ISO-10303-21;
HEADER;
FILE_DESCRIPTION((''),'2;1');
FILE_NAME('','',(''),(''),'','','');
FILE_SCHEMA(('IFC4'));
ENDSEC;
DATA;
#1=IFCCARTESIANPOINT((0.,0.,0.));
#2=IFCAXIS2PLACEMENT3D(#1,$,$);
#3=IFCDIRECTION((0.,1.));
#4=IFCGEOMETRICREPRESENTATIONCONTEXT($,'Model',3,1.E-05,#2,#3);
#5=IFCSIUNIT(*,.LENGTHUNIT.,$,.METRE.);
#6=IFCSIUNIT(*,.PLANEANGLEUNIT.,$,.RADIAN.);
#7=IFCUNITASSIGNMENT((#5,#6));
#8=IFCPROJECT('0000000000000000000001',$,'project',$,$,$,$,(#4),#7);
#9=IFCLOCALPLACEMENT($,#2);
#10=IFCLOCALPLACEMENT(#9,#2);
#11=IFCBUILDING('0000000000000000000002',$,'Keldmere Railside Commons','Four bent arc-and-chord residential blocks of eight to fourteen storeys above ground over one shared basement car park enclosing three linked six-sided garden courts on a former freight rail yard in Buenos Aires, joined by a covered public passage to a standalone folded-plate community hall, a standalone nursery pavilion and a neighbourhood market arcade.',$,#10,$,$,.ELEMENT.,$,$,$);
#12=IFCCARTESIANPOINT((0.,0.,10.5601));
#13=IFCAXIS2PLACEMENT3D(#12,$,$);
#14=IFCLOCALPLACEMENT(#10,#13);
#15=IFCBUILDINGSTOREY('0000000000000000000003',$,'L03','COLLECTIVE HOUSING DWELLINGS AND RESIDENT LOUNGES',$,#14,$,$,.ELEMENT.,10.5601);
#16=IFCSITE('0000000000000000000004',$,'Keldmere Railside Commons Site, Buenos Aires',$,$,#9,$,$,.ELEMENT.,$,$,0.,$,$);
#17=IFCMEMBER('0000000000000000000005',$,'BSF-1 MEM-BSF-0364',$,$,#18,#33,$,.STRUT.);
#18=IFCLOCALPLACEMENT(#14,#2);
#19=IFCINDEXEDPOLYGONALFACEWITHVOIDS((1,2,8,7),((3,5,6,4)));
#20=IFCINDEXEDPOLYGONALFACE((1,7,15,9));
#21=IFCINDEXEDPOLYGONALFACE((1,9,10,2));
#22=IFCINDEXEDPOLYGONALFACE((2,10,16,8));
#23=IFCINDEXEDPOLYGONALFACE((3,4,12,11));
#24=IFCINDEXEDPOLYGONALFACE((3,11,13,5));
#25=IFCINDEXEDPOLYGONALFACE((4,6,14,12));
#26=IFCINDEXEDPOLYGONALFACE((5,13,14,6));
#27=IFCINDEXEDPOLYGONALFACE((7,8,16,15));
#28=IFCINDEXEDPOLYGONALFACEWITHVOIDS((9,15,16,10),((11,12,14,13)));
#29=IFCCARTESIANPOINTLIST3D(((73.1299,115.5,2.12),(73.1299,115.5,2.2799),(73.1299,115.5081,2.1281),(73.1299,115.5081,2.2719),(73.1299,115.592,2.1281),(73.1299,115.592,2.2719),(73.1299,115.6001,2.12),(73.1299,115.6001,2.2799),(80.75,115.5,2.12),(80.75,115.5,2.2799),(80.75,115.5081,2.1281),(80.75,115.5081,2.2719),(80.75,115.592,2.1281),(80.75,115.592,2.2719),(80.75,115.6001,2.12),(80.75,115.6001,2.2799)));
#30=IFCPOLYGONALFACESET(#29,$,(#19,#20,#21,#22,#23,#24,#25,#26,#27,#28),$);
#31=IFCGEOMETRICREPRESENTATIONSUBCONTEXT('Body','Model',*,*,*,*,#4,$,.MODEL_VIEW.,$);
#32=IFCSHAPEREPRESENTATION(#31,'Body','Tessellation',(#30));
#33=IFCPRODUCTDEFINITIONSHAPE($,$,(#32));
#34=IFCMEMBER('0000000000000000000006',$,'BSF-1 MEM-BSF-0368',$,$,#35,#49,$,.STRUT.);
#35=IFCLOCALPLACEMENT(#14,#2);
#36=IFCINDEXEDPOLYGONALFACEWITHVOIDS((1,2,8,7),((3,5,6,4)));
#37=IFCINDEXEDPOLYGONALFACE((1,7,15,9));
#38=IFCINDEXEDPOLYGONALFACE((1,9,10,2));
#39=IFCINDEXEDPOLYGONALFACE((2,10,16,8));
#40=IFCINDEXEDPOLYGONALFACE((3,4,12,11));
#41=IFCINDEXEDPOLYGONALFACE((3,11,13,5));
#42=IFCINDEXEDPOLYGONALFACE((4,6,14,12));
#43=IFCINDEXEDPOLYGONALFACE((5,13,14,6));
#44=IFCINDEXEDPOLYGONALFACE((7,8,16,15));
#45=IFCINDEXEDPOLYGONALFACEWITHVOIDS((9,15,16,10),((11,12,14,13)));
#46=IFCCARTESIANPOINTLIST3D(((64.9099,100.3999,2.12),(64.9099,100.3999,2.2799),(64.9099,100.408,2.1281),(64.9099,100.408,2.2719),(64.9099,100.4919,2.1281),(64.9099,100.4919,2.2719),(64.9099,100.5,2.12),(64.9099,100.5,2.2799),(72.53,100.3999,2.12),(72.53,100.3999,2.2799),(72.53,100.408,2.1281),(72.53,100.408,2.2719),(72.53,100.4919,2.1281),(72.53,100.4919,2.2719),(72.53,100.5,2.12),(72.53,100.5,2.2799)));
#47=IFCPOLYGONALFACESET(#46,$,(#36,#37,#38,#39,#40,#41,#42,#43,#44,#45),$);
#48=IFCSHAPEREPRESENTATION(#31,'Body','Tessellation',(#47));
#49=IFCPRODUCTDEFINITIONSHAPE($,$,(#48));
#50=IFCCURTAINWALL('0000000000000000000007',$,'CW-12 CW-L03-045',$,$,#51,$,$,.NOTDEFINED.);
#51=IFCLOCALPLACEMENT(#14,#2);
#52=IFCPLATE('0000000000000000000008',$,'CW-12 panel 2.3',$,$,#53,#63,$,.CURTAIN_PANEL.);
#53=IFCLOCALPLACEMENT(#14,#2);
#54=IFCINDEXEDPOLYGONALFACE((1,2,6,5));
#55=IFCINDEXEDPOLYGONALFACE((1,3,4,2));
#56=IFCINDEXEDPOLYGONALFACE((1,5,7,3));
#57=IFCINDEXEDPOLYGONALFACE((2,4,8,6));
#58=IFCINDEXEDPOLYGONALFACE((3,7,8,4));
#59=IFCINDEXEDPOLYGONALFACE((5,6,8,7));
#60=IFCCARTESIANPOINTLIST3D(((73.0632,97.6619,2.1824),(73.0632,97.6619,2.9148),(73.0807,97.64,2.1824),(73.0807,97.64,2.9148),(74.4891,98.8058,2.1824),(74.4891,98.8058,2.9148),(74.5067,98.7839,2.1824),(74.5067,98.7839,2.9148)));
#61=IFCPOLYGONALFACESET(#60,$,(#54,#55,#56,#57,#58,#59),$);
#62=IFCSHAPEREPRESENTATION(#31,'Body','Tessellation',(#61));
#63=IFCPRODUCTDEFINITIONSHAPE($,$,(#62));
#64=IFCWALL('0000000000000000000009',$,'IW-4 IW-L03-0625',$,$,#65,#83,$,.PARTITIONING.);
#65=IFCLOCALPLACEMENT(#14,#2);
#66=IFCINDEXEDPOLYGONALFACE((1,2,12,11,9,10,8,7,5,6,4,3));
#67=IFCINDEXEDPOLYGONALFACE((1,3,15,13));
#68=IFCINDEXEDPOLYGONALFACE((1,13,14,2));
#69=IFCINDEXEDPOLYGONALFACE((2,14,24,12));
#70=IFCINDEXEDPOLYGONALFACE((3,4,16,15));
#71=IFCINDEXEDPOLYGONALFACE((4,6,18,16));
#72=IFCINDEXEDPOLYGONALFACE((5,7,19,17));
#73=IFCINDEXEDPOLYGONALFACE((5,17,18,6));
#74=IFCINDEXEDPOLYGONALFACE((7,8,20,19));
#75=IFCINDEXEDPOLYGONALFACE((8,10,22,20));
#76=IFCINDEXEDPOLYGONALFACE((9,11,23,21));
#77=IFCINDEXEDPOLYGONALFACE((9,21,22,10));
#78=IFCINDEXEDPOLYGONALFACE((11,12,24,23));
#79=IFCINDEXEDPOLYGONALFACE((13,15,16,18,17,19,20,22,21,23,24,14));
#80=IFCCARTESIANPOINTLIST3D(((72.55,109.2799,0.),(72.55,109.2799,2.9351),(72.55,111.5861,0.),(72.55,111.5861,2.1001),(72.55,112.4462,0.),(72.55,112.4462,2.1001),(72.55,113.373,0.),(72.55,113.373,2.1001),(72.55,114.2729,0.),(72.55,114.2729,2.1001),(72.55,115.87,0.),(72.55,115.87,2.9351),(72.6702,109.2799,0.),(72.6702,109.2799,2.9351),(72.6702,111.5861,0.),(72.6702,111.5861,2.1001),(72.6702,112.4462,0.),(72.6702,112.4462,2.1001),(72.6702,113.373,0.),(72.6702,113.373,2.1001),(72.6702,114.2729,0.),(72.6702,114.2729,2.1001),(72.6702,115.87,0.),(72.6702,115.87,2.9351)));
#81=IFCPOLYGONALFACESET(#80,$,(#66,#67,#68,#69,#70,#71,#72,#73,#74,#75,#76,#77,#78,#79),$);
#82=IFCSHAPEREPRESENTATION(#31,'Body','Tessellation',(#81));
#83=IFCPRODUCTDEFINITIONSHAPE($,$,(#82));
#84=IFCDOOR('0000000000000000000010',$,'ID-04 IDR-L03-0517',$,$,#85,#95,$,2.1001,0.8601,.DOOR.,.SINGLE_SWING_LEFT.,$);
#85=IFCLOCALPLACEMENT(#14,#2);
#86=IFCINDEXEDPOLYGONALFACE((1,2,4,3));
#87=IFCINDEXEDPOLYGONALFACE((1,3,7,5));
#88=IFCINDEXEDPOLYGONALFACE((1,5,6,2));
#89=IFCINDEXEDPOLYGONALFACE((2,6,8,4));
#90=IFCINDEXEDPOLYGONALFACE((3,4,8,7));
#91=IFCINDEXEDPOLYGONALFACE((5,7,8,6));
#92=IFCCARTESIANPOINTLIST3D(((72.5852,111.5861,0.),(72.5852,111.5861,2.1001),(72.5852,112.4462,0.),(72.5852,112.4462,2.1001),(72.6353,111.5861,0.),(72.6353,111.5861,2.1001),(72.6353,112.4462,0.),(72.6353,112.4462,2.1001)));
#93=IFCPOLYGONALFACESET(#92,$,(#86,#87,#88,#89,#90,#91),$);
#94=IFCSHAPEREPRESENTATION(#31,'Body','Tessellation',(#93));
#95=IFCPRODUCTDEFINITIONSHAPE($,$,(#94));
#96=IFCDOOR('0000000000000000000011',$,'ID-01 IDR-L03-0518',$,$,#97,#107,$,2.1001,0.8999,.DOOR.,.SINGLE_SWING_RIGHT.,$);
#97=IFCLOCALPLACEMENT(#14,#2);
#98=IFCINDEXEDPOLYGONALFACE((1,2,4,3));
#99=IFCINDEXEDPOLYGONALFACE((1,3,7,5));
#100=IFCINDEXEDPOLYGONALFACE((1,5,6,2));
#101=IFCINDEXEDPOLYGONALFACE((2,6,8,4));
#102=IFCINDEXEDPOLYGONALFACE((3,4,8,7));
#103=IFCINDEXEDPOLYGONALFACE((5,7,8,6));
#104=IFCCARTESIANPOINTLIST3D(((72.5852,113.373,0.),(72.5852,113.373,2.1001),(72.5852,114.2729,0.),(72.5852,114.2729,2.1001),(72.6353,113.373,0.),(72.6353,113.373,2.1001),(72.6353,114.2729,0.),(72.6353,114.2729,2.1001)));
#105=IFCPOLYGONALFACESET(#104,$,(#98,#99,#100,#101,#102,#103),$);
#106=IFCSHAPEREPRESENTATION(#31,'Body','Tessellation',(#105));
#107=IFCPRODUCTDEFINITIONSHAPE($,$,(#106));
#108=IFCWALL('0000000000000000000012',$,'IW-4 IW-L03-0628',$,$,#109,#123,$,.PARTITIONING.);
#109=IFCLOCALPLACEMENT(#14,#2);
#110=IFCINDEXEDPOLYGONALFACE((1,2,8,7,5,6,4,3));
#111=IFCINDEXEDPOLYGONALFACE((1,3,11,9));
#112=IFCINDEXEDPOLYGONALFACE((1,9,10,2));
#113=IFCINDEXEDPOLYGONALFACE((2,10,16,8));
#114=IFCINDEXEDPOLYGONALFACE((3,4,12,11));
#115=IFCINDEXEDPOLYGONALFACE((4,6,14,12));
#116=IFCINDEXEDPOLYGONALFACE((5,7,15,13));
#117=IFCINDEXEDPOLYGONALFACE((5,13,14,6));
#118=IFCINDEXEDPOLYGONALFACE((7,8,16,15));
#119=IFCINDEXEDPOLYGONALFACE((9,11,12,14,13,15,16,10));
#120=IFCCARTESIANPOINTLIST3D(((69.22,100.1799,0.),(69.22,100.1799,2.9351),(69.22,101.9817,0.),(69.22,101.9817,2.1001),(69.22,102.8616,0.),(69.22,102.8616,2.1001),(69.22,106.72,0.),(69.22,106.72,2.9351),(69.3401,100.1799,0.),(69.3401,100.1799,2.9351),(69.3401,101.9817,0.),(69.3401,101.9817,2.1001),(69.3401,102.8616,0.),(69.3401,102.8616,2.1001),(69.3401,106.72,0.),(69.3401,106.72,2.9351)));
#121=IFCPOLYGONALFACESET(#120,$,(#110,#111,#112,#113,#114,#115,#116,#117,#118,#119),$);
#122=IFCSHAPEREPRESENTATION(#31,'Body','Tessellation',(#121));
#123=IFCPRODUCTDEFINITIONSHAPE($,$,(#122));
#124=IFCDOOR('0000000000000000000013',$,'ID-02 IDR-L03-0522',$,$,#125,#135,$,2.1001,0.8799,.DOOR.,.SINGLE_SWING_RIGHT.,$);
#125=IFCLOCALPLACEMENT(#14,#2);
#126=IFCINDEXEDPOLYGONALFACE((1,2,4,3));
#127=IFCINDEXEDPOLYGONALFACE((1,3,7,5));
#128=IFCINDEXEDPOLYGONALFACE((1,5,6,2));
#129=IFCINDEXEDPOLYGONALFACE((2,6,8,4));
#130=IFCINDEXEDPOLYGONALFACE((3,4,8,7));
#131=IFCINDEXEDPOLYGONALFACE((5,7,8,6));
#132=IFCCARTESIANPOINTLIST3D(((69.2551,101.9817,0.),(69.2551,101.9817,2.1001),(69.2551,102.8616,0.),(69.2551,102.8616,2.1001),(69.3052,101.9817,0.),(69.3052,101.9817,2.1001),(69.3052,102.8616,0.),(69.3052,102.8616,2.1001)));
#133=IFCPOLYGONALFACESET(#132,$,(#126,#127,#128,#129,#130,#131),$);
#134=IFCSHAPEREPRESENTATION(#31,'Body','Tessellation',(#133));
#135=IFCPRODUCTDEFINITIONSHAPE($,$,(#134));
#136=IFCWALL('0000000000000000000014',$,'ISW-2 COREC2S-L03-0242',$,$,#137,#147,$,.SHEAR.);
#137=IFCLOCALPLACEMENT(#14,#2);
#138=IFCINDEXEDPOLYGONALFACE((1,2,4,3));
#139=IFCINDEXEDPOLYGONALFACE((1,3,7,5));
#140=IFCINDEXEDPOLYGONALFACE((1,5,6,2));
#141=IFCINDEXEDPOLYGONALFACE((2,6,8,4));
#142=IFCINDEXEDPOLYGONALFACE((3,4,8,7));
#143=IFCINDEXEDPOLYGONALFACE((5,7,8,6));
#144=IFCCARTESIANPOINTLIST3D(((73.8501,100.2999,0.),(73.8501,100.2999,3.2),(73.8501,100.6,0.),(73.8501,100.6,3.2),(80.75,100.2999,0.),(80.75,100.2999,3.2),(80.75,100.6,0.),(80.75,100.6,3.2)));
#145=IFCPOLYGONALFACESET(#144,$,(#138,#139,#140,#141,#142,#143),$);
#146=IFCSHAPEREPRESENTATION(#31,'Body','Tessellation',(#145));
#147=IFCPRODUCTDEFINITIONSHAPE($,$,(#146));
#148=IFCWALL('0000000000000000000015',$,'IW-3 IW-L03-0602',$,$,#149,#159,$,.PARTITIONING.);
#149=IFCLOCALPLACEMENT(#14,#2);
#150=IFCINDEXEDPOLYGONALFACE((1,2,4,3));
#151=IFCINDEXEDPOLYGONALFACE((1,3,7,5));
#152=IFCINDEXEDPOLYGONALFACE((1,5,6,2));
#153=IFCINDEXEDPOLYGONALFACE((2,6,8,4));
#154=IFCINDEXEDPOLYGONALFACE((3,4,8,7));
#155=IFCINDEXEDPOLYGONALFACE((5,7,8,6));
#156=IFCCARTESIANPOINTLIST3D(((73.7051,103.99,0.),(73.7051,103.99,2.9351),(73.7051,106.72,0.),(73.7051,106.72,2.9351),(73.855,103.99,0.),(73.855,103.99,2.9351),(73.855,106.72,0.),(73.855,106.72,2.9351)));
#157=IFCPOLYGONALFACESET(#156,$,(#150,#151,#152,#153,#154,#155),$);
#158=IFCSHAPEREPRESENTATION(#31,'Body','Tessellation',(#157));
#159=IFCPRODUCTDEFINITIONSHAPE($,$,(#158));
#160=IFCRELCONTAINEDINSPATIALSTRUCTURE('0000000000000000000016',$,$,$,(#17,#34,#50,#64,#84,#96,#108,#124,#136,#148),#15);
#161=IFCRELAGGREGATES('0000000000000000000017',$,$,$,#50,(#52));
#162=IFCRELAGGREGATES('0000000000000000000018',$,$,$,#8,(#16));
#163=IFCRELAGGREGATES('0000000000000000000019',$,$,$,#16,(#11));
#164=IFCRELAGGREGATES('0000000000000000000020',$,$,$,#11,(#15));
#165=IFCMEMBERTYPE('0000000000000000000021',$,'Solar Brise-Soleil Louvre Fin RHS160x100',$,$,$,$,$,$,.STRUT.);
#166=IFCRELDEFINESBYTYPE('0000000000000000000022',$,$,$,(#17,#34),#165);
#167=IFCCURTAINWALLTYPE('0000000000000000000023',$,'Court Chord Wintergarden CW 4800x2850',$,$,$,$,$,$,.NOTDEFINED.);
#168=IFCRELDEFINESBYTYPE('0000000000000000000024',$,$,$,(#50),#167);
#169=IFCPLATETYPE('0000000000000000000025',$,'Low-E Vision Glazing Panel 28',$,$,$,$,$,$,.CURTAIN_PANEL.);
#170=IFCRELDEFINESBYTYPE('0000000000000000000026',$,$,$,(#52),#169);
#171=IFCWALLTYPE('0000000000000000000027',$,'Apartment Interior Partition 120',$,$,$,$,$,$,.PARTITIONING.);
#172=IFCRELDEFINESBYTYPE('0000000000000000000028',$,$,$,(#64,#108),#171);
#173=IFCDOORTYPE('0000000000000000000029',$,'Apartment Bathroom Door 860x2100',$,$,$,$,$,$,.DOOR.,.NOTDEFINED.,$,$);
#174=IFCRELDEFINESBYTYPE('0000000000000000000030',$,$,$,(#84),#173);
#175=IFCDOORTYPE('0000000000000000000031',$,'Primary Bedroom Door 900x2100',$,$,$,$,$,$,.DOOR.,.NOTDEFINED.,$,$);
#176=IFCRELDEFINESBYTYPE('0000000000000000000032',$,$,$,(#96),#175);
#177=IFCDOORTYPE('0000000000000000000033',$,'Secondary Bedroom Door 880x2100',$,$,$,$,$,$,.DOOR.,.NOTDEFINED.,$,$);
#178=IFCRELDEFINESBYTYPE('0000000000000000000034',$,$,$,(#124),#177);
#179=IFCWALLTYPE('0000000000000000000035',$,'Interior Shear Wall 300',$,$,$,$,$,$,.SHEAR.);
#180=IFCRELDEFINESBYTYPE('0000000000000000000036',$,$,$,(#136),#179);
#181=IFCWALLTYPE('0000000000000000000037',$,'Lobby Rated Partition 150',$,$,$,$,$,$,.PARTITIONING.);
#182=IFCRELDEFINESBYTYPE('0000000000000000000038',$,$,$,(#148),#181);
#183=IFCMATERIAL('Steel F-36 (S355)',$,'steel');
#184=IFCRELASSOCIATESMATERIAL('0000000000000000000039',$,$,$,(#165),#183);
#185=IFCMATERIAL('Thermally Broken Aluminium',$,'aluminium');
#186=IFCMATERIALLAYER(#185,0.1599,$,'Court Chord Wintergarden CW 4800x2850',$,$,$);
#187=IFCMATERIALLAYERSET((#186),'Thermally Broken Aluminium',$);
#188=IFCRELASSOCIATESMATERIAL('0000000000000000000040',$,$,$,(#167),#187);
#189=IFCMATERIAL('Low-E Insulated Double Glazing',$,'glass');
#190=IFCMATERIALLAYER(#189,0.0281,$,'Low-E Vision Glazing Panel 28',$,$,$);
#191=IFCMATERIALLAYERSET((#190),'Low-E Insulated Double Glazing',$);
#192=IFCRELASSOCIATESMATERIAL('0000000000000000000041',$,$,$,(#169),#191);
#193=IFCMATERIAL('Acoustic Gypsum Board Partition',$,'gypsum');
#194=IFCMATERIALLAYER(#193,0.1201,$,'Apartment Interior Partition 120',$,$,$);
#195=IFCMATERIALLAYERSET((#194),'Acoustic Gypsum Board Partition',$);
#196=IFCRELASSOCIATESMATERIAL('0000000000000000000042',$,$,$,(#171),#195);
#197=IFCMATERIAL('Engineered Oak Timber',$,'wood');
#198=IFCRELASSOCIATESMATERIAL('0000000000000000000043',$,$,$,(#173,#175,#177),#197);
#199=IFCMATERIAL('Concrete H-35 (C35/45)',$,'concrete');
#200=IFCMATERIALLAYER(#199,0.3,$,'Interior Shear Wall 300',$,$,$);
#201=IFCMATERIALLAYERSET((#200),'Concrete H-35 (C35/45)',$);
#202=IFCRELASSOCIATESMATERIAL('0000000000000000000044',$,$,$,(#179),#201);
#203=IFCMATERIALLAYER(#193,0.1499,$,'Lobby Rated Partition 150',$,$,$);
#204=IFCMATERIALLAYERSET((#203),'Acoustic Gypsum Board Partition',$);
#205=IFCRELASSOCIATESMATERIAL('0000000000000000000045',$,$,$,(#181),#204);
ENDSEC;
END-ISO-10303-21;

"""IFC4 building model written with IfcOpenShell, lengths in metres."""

from ifc_helpers import new_model, si_unit, direction, frame, frame_2d, origin, origin_2d, place, context, subcontext, project, spatial, rectangle, hollow_rectangle, extrude, material, layer, layer_set, material_profile, profile_set, type_object, element, fill, aggregate, save


model = new_model("IFC4")

# Units and contexts
model_context = context("Model", 3, precision=1e-05, world=origin(), true_north=direction((0.0, 1.0)))
body_context = subcontext(model_context, "Body", "Model", "MODEL_VIEW")
ifc_project = project(units=[si_unit("LENGTHUNIT", "METRE"), si_unit("PLANEANGLEUNIT", "RADIAN")], contexts=[model_context])

# Site, building, storey
site_placement = place(None, origin())
site = spatial("IfcSite", under=ifc_project, at=site_placement, Name="Keldmere Railside Commons Site, Buenos Aires", CompositionType="ELEMENT", RefElevation=0.0)
building_placement = place(site_placement, origin())
building = spatial("IfcBuilding", under=site, at=building_placement, Name="Keldmere Railside Commons", Description="Four bent arc-and-chord residential blocks of eight to fourteen storeys above ground over one shared basement car park enclosing three linked six-sided garden courts on a former freight rail yard in Buenos Aires, joined by a covered public passage to a standalone folded-plate community hall, a standalone nursery pavilion and a neighbourhood market arcade.", CompositionType="ELEMENT")
storey_placement = place(building_placement, frame((0.0, 0.0, 10.5601)))
storey = spatial("IfcBuildingStorey", under=building, at=storey_placement, Name="L03", Description="COLLECTIVE HOUSING DWELLINGS AND RESIDENT LOUNGES", CompositionType="ELEMENT", Elevation=10.5601)

# Shared definitions
ifc_material_1 = material(Name="Concrete H-35 (C35/45)", Category="concrete")

# Shared definitions
ifc_material_2 = material(Name="Steel F-36 (S355)", Category="steel")

# Members
ifc_material_profile_1 = material_profile(ifc_material_2, hollow_rectangle(XDim=0.1001, YDim=0.1599, WallThickness=0.0081, at=origin_2d()), Name="RHS-160x100x8")
ifc_profile_set_1 = profile_set([ifc_material_profile_1], Name="Steel F-36 (S355)")
member_type_1 = type_object("IfcMemberType", Name="Solar Brise-Soleil Louvre Fin RHS160x100", PredefinedType="STRUT", material=ifc_profile_set_1)
for number, where, z_axis, x_axis, name in (
    (1, (73.1299, 115.55, 2.2), (1.0, 0.0, 0.0), (0.0, 1.0, 0.0), "BSF-1 MEM-BSF-0364"),
    (2, (64.9099, 100.45, 2.2), (1.0, 0.0, 0.0), (0.0, 1.0, 0.0), "BSF-1 MEM-BSF-0368"),
):
    element("IfcMember", number, at=place(storey_placement, frame(where, z_axis=z_axis, x_axis=x_axis)), inside=storey, type_object=member_type_1, Name=name, PredefinedType="STRUT", context=body_context, shape_type="SweptSolid", body=[
        extrude(hollow_rectangle(XDim=0.1001, YDim=0.1599, WallThickness=0.0081, at=origin_2d()), origin(), (0.0, 0.0, 1.0), 7.6201),
    ])

# Curtain wall, plate
ifc_material_3 = material(Name="Thermally Broken Aluminium", Category="aluminium")
ifc_layer_1 = layer(ifc_material_3, 0.1599, Name="Court Chord Wintergarden CW 4800x2850")
ifc_layer_set_1 = layer_set([ifc_layer_1], Name="Thermally Broken Aluminium")
curtain_wall_type = type_object("IfcCurtainWallType", Name="Court Chord Wintergarden CW 4800x2850", PredefinedType="NOTDEFINED", material=ifc_layer_set_1)
curtain_wall_placement = place(storey_placement, origin())
curtain_wall = element("IfcCurtainWall", 3, at=curtain_wall_placement, inside=storey, type_object=curtain_wall_type, Name="CW-12 CW-L03-045", PredefinedType="NOTDEFINED")
ifc_material_4 = material(Name="Low-E Insulated Double Glazing", Category="glass")
ifc_layer_2 = layer(ifc_material_4, 0.0281, Name="Low-E Vision Glazing Panel 28")
ifc_layer_set_2 = layer_set([ifc_layer_2], Name="Low-E Insulated Double Glazing")
plate_type = type_object("IfcPlateType", Name="Low-E Vision Glazing Panel 28", PredefinedType="CURTAIN_PANEL", material=ifc_layer_set_2)
plate_placement = place(storey_placement, frame((73.7849, 98.2229, 2.1824), z_axis=(0.0, 0.0, 1.0), x_axis=(-0.780009, -0.625768, 0.0)))
plate = element("IfcPlate", 4, at=plate_placement, type_object=plate_type, Name="CW-12 panel 2.3", PredefinedType="CURTAIN_PANEL", context=body_context, shape_type="SweptSolid", body=[
    extrude(rectangle(XDim=1.8281, YDim=0.0281, at=origin_2d()), origin(), (0.0, 0.0, 1.0), 0.7324),
])
aggregate(curtain_wall, [plate])

# Wall, openings, doors
ifc_material_5 = material(Name="Acoustic Gypsum Board Partition", Category="gypsum")
ifc_layer_3 = layer(ifc_material_5, 0.1201, Name="Apartment Interior Partition 120")
ifc_layer_set_3 = layer_set([ifc_layer_3], Name="Acoustic Gypsum Board Partition")
wall_type_1 = type_object("IfcWallType", Name="Apartment Interior Partition 120", PredefinedType="PARTITIONING", material=ifc_layer_set_3)
wall_1_placement = place(storey_placement, frame((72.6101, 109.28, 0.0), z_axis=(0.0, 0.0, 1.0), x_axis=(0.0, 1.0, 0.0)))
wall_1 = element("IfcWall", 5, at=wall_1_placement, inside=storey, type_object=wall_type_1, Name="IW-4 IW-L03-0625", PredefinedType="PARTITIONING", context=body_context, shape_type="SweptSolid", body=[
    extrude(rectangle(XDim=6.5901, YDim=0.1201, at=frame_2d((3.2949, 0.0))), origin(), (0.0, 0.0, 1.0), 2.9351),
])
opening_1_placement = place(wall_1_placement, frame((2.3059, 0.0, 0.0)))
opening_1 = element("IfcOpeningElement", 6, at=opening_1_placement, cuts=wall_1, PredefinedType="OPENING", context=body_context, shape_type="SweptSolid", body=[
    extrude(rectangle(XDim=0.8601, YDim=2.1001, at=frame_2d((0.4302, 1.05))), frame((0.0, 0.0701, 0.0), z_axis=(0.0, -1.0, 0.0), x_axis=(1.0, 0.0, 0.0)), (0.0, 0.0, 1.0), 0.1401),
])
opening_2_placement = place(wall_1_placement, frame((4.093, 0.0, 0.0)))
opening_2 = element("IfcOpeningElement", 7, at=opening_2_placement, cuts=wall_1, PredefinedType="OPENING", context=body_context, shape_type="SweptSolid", body=[
    extrude(rectangle(XDim=0.8999, YDim=2.1001, at=frame_2d((0.45, 1.05))), frame((0.0, 0.0701, 0.0), z_axis=(0.0, -1.0, 0.0), x_axis=(1.0, 0.0, 0.0)), (0.0, 0.0, 1.0), 0.1401),
])
ifc_material_6 = material(Name="Engineered Oak Timber", Category="wood")
door_type_1 = type_object("IfcDoorType", Name="Apartment Bathroom Door 860x2100", OperationType="NOTDEFINED", PredefinedType="DOOR", material=ifc_material_6)
door_1_placement = place(opening_1_placement, origin())
door_1 = element("IfcDoor", 8, at=door_1_placement, inside=storey, type_object=door_type_1, Name="ID-04 IDR-L03-0517", OperationType="SINGLE_SWING_LEFT", OverallHeight=2.1001, OverallWidth=0.8601, PredefinedType="DOOR", context=body_context, shape_type="SweptSolid", body=[
    extrude(rectangle(XDim=0.8601, YDim=2.1001, at=frame_2d((0.4302, 1.05))), frame((0.0, 0.0249, 0.0), z_axis=(0.0, -1.0, 0.0), x_axis=(1.0, 0.0, 0.0)), (0.0, 0.0, 1.0), 0.05),
])
fill(opening_1, door_1)
door_type_2 = type_object("IfcDoorType", Name="Primary Bedroom Door 900x2100", OperationType="NOTDEFINED", PredefinedType="DOOR", material=ifc_material_6)
door_2_placement = place(opening_2_placement, origin())
door_2 = element("IfcDoor", 9, at=door_2_placement, inside=storey, type_object=door_type_2, Name="ID-01 IDR-L03-0518", OperationType="SINGLE_SWING_RIGHT", OverallHeight=2.1001, OverallWidth=0.8999, PredefinedType="DOOR", context=body_context, shape_type="SweptSolid", body=[
    extrude(rectangle(XDim=0.8999, YDim=2.1001, at=frame_2d((0.45, 1.05))), frame((0.0, 0.0249, 0.0), z_axis=(0.0, -1.0, 0.0), x_axis=(1.0, 0.0, 0.0)), (0.0, 0.0, 1.0), 0.05),
])
fill(opening_2, door_2)

# Wall, opening, door
wall_2_placement = place(storey_placement, frame((69.28, 100.1799, 0.0), z_axis=(0.0, 0.0, 1.0), x_axis=(0.0, 1.0, 0.0)))
wall_2 = element("IfcWall", 10, at=wall_2_placement, inside=storey, type_object=wall_type_1, Name="IW-4 IW-L03-0628", PredefinedType="PARTITIONING", context=body_context, shape_type="SweptSolid", body=[
    extrude(rectangle(XDim=6.54, YDim=0.1201, at=frame_2d((3.27, 0.0))), origin(), (0.0, 0.0, 1.0), 2.9351),
])
opening_3_placement = place(wall_2_placement, frame((1.8018, 0.0, 0.0)))
opening_3 = element("IfcOpeningElement", 11, at=opening_3_placement, cuts=wall_2, PredefinedType="OPENING", context=body_context, shape_type="SweptSolid", body=[
    extrude(rectangle(XDim=0.8799, YDim=2.1001, at=frame_2d((0.4399, 1.05))), frame((0.0, 0.0701, 0.0), z_axis=(0.0, -1.0, 0.0), x_axis=(1.0, 0.0, 0.0)), (0.0, 0.0, 1.0), 0.1401),
])
door_type_3 = type_object("IfcDoorType", Name="Secondary Bedroom Door 880x2100", OperationType="NOTDEFINED", PredefinedType="DOOR", material=ifc_material_6)
door_3_placement = place(opening_3_placement, origin())
door_3 = element("IfcDoor", 12, at=door_3_placement, inside=storey, type_object=door_type_3, Name="ID-02 IDR-L03-0522", OperationType="SINGLE_SWING_RIGHT", OverallHeight=2.1001, OverallWidth=0.8799, PredefinedType="DOOR", context=body_context, shape_type="SweptSolid", body=[
    extrude(rectangle(XDim=0.8799, YDim=2.1001, at=frame_2d((0.4399, 1.05))), frame((0.0, 0.0249, 0.0), z_axis=(0.0, -1.0, 0.0), x_axis=(1.0, 0.0, 0.0)), (0.0, 0.0, 1.0), 0.05),
])
fill(opening_3, door_3)

# Walls
ifc_layer_4 = layer(ifc_material_1, 0.3, Name="Interior Shear Wall 300")
ifc_layer_set_4 = layer_set([ifc_layer_4], Name="Concrete H-35 (C35/45)")
wall_type_2 = type_object("IfcWallType", Name="Interior Shear Wall 300", PredefinedType="SHEAR", material=ifc_layer_set_4)
wall_3_placement = place(storey_placement, frame((73.8501, 100.45, 0.0), z_axis=(0.0, 0.0, 1.0), x_axis=(1.0, 0.0, 0.0)))
element("IfcWall", 13, at=wall_3_placement, inside=storey, type_object=wall_type_2, Name="ISW-2 COREC2S-L03-0242", PredefinedType="SHEAR", context=body_context, shape_type="SweptSolid", body=[
    extrude(rectangle(XDim=6.8999, YDim=0.3, at=frame_2d((3.45, 0.0))), origin(), (0.0, 0.0, 1.0), 3.2),
])
ifc_layer_5 = layer(ifc_material_5, 0.1499, Name="Lobby Rated Partition 150")
ifc_layer_set_5 = layer_set([ifc_layer_5], Name="Acoustic Gypsum Board Partition")
wall_type_3 = type_object("IfcWallType", Name="Lobby Rated Partition 150", PredefinedType="PARTITIONING", material=ifc_layer_set_5)
wall_4_placement = place(storey_placement, frame((73.78, 103.99, 0.0), z_axis=(0.0, 0.0, 1.0), x_axis=(0.0, 1.0, 0.0)))
element("IfcWall", 14, at=wall_4_placement, inside=storey, type_object=wall_type_3, Name="IW-3 IW-L03-0602", PredefinedType="PARTITIONING", context=body_context, shape_type="SweptSolid", body=[
    extrude(rectangle(XDim=2.73, YDim=0.1499, at=frame_2d((1.365, 0.0))), origin(), (0.0, 0.0, 1.0), 2.9351),
])

save(model, "model.ifc")
